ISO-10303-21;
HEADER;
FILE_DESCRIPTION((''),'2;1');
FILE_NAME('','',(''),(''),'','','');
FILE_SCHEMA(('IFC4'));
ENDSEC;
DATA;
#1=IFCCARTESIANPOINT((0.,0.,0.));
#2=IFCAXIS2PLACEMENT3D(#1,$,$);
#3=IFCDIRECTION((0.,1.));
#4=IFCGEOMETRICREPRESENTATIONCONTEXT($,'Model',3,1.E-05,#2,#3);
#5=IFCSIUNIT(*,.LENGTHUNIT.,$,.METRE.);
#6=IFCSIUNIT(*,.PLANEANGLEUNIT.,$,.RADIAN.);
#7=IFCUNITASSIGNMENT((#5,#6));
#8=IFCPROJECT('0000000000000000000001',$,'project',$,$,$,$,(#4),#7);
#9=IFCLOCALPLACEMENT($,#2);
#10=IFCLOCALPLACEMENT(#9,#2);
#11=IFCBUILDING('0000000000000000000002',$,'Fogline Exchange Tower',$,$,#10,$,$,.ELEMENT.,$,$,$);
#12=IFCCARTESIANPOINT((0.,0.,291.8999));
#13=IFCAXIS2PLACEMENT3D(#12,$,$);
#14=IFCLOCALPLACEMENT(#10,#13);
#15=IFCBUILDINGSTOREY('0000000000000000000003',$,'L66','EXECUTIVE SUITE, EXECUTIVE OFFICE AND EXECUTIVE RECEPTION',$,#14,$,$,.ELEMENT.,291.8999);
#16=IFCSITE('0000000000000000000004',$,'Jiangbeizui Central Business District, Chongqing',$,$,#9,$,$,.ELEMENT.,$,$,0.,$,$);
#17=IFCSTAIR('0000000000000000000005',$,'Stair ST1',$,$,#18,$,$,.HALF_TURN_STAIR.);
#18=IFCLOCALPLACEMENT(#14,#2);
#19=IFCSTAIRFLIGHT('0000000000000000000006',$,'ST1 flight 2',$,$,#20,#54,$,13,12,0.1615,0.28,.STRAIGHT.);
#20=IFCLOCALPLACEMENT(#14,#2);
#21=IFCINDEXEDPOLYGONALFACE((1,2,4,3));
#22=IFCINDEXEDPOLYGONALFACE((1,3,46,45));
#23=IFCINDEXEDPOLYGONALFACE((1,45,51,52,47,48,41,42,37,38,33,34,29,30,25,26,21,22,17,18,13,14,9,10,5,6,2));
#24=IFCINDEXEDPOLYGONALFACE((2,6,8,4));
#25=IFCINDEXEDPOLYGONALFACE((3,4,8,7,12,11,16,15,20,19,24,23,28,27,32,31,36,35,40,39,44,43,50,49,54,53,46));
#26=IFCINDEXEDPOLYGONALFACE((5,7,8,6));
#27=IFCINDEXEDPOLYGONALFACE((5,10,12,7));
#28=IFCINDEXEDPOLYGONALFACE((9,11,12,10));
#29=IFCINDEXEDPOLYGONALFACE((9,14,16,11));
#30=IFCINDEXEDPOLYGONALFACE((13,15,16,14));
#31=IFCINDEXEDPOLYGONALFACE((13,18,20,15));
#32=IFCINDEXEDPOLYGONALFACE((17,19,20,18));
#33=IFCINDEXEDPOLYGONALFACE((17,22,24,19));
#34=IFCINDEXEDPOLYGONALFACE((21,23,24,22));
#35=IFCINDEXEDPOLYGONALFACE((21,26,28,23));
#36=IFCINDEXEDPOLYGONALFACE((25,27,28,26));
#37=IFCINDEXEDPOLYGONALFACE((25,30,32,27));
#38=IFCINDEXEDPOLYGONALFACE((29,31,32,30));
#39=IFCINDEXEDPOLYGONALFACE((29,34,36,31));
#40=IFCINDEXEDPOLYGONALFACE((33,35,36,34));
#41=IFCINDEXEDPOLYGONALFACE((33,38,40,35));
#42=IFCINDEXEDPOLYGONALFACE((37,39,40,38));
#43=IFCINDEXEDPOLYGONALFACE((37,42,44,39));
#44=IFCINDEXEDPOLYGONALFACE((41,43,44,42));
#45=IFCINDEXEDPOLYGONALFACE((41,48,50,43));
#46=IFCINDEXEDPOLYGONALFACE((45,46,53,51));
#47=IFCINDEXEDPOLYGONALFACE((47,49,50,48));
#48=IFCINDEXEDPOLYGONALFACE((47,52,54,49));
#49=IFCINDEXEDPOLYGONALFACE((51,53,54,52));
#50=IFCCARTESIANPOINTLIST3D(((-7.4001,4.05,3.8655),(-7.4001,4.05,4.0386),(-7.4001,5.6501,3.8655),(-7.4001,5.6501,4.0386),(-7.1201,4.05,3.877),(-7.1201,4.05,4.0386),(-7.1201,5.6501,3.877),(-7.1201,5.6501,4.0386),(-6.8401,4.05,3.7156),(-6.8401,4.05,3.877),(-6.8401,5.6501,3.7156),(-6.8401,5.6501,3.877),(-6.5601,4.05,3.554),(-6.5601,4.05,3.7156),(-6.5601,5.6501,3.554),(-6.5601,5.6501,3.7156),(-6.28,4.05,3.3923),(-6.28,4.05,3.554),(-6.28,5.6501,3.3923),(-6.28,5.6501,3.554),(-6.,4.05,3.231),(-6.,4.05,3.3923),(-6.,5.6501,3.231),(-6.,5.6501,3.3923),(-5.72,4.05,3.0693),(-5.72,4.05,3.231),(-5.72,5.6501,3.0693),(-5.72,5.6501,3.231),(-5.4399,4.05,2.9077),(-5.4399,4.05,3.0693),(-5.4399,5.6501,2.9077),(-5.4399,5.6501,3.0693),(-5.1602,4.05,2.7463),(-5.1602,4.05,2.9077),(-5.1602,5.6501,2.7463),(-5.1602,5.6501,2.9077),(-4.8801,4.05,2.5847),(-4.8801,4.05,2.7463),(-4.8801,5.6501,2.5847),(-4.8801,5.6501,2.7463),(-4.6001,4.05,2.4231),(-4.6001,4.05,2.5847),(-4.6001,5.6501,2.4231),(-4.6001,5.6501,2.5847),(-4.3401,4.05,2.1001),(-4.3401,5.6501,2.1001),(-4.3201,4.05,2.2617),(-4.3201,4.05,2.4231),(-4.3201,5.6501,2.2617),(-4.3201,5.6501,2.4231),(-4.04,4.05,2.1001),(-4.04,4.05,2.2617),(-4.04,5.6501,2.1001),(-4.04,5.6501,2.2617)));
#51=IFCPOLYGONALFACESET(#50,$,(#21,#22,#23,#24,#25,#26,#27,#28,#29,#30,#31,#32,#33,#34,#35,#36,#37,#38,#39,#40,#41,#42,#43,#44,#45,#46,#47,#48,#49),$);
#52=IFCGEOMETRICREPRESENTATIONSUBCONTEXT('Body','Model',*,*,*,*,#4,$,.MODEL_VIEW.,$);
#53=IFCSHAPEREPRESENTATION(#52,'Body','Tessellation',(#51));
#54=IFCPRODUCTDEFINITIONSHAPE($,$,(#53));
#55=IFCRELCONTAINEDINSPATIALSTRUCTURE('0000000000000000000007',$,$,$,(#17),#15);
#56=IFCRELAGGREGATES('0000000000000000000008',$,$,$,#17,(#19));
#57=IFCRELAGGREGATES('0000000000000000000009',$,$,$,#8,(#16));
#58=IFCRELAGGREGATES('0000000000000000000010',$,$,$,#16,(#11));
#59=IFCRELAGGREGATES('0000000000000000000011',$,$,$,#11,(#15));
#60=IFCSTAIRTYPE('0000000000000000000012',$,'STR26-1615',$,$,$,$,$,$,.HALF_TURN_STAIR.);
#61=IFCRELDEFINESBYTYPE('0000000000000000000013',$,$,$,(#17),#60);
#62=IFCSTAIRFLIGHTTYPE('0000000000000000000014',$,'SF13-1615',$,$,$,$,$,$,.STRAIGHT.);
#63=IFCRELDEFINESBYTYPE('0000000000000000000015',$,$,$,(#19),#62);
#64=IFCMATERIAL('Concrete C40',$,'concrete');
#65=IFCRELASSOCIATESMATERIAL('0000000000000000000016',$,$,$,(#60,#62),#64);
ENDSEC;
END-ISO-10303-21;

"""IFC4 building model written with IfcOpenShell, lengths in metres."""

from ifc_helpers import new_model, si_unit, direction, frame, origin, place, context, subcontext, project, spatial, polyline, outline, extrude, material, type_object, element, aggregate, save


model = new_model("IFC4")

# Units and contexts
model_context = context("Model", 3, precision=1e-05, world=origin(), true_north=direction((0.0, 1.0)))
body_context = subcontext(model_context, "Body", "Model", "MODEL_VIEW")
ifc_project = project(units=[si_unit("LENGTHUNIT", "METRE"), si_unit("PLANEANGLEUNIT", "RADIAN")], contexts=[model_context])

# Site, building, storey
site_placement = place(None, origin())
site = spatial("IfcSite", under=ifc_project, at=site_placement, Name="Jiangbeizui Central Business District, Chongqing", CompositionType="ELEMENT", RefElevation=0.0)
building_placement = place(site_placement, origin())
building = spatial("IfcBuilding", under=site, at=building_placement, Name="Fogline Exchange Tower", CompositionType="ELEMENT")
storey_placement = place(building_placement, frame((0.0, 0.0, 291.8999)))
storey = spatial("IfcBuildingStorey", under=building, at=storey_placement, Name="L66", Description="EXECUTIVE SUITE, EXECUTIVE OFFICE AND EXECUTIVE RECEPTION", CompositionType="ELEMENT", Elevation=291.8999)

# Shared definitions
ifc_material_1 = material(Name="Concrete C40", Category="concrete")

# Stair, stair flight
stair_type = type_object("IfcStairType", Name="STR26-1615", PredefinedType="HALF_TURN_STAIR", material=ifc_material_1)
stair_placement = place(storey_placement, origin())
stair = element("IfcStair", 1, at=stair_placement, inside=storey, type_object=stair_type, Name="Stair ST1", PredefinedType="HALF_TURN_STAIR")
stair_flight_type = type_object("IfcStairFlightType", Name="SF13-1615", PredefinedType="STRAIGHT", material=ifc_material_1)
stair_flight_placement = place(storey_placement, frame((-4.04, 4.8501, 2.1001), z_axis=(0.0, 0.0, 1.0), x_axis=(-1.0, 0.0, 0.0)))
stair_flight = element("IfcStairFlight", 2, at=stair_flight_placement, type_object=stair_flight_type, Name="ST1 flight 2", NumberOfRisers=13, NumberOfTreads=12, PredefinedType="STRAIGHT", RiserHeight=0.1615, TreadLength=0.28, context=body_context, shape_type="SweptSolid", body=[
    extrude(outline(polyline([(0.0, 0.0), (0.0, 0.1616), (0.28, 0.1616), (0.28, 0.323), (0.5601, 0.323), (0.5601, 0.4846), (0.8401, 0.4846), (0.8401, 0.6462), (1.1201, 0.6462), (1.1201, 0.8076), (1.3999, 0.8076), (1.3999, 0.9692), (1.6799, 0.9692), (1.6799, 1.1309), (1.96, 1.1309), (1.96, 1.2922), (2.24, 1.2922), (2.24, 1.4539), (2.52, 1.4539), (2.52, 1.6155), (2.8, 1.6155), (2.8, 1.7769), (3.0801, 1.7769), (3.0801, 1.9385), (3.3601, 1.9385), (3.3601, 2.1001), (3.3601, 1.7654), (0.3, 0.0), (0.0, 0.0)])), frame((0.0, 0.8, 0.0), z_axis=(0.0, -1.0, 0.0), x_axis=(1.0, 0.0, 0.0)), (0.0, 0.0, 1.0), 1.6001),
])
aggregate(stair, [stair_flight])

save(model, "model.ifc")
